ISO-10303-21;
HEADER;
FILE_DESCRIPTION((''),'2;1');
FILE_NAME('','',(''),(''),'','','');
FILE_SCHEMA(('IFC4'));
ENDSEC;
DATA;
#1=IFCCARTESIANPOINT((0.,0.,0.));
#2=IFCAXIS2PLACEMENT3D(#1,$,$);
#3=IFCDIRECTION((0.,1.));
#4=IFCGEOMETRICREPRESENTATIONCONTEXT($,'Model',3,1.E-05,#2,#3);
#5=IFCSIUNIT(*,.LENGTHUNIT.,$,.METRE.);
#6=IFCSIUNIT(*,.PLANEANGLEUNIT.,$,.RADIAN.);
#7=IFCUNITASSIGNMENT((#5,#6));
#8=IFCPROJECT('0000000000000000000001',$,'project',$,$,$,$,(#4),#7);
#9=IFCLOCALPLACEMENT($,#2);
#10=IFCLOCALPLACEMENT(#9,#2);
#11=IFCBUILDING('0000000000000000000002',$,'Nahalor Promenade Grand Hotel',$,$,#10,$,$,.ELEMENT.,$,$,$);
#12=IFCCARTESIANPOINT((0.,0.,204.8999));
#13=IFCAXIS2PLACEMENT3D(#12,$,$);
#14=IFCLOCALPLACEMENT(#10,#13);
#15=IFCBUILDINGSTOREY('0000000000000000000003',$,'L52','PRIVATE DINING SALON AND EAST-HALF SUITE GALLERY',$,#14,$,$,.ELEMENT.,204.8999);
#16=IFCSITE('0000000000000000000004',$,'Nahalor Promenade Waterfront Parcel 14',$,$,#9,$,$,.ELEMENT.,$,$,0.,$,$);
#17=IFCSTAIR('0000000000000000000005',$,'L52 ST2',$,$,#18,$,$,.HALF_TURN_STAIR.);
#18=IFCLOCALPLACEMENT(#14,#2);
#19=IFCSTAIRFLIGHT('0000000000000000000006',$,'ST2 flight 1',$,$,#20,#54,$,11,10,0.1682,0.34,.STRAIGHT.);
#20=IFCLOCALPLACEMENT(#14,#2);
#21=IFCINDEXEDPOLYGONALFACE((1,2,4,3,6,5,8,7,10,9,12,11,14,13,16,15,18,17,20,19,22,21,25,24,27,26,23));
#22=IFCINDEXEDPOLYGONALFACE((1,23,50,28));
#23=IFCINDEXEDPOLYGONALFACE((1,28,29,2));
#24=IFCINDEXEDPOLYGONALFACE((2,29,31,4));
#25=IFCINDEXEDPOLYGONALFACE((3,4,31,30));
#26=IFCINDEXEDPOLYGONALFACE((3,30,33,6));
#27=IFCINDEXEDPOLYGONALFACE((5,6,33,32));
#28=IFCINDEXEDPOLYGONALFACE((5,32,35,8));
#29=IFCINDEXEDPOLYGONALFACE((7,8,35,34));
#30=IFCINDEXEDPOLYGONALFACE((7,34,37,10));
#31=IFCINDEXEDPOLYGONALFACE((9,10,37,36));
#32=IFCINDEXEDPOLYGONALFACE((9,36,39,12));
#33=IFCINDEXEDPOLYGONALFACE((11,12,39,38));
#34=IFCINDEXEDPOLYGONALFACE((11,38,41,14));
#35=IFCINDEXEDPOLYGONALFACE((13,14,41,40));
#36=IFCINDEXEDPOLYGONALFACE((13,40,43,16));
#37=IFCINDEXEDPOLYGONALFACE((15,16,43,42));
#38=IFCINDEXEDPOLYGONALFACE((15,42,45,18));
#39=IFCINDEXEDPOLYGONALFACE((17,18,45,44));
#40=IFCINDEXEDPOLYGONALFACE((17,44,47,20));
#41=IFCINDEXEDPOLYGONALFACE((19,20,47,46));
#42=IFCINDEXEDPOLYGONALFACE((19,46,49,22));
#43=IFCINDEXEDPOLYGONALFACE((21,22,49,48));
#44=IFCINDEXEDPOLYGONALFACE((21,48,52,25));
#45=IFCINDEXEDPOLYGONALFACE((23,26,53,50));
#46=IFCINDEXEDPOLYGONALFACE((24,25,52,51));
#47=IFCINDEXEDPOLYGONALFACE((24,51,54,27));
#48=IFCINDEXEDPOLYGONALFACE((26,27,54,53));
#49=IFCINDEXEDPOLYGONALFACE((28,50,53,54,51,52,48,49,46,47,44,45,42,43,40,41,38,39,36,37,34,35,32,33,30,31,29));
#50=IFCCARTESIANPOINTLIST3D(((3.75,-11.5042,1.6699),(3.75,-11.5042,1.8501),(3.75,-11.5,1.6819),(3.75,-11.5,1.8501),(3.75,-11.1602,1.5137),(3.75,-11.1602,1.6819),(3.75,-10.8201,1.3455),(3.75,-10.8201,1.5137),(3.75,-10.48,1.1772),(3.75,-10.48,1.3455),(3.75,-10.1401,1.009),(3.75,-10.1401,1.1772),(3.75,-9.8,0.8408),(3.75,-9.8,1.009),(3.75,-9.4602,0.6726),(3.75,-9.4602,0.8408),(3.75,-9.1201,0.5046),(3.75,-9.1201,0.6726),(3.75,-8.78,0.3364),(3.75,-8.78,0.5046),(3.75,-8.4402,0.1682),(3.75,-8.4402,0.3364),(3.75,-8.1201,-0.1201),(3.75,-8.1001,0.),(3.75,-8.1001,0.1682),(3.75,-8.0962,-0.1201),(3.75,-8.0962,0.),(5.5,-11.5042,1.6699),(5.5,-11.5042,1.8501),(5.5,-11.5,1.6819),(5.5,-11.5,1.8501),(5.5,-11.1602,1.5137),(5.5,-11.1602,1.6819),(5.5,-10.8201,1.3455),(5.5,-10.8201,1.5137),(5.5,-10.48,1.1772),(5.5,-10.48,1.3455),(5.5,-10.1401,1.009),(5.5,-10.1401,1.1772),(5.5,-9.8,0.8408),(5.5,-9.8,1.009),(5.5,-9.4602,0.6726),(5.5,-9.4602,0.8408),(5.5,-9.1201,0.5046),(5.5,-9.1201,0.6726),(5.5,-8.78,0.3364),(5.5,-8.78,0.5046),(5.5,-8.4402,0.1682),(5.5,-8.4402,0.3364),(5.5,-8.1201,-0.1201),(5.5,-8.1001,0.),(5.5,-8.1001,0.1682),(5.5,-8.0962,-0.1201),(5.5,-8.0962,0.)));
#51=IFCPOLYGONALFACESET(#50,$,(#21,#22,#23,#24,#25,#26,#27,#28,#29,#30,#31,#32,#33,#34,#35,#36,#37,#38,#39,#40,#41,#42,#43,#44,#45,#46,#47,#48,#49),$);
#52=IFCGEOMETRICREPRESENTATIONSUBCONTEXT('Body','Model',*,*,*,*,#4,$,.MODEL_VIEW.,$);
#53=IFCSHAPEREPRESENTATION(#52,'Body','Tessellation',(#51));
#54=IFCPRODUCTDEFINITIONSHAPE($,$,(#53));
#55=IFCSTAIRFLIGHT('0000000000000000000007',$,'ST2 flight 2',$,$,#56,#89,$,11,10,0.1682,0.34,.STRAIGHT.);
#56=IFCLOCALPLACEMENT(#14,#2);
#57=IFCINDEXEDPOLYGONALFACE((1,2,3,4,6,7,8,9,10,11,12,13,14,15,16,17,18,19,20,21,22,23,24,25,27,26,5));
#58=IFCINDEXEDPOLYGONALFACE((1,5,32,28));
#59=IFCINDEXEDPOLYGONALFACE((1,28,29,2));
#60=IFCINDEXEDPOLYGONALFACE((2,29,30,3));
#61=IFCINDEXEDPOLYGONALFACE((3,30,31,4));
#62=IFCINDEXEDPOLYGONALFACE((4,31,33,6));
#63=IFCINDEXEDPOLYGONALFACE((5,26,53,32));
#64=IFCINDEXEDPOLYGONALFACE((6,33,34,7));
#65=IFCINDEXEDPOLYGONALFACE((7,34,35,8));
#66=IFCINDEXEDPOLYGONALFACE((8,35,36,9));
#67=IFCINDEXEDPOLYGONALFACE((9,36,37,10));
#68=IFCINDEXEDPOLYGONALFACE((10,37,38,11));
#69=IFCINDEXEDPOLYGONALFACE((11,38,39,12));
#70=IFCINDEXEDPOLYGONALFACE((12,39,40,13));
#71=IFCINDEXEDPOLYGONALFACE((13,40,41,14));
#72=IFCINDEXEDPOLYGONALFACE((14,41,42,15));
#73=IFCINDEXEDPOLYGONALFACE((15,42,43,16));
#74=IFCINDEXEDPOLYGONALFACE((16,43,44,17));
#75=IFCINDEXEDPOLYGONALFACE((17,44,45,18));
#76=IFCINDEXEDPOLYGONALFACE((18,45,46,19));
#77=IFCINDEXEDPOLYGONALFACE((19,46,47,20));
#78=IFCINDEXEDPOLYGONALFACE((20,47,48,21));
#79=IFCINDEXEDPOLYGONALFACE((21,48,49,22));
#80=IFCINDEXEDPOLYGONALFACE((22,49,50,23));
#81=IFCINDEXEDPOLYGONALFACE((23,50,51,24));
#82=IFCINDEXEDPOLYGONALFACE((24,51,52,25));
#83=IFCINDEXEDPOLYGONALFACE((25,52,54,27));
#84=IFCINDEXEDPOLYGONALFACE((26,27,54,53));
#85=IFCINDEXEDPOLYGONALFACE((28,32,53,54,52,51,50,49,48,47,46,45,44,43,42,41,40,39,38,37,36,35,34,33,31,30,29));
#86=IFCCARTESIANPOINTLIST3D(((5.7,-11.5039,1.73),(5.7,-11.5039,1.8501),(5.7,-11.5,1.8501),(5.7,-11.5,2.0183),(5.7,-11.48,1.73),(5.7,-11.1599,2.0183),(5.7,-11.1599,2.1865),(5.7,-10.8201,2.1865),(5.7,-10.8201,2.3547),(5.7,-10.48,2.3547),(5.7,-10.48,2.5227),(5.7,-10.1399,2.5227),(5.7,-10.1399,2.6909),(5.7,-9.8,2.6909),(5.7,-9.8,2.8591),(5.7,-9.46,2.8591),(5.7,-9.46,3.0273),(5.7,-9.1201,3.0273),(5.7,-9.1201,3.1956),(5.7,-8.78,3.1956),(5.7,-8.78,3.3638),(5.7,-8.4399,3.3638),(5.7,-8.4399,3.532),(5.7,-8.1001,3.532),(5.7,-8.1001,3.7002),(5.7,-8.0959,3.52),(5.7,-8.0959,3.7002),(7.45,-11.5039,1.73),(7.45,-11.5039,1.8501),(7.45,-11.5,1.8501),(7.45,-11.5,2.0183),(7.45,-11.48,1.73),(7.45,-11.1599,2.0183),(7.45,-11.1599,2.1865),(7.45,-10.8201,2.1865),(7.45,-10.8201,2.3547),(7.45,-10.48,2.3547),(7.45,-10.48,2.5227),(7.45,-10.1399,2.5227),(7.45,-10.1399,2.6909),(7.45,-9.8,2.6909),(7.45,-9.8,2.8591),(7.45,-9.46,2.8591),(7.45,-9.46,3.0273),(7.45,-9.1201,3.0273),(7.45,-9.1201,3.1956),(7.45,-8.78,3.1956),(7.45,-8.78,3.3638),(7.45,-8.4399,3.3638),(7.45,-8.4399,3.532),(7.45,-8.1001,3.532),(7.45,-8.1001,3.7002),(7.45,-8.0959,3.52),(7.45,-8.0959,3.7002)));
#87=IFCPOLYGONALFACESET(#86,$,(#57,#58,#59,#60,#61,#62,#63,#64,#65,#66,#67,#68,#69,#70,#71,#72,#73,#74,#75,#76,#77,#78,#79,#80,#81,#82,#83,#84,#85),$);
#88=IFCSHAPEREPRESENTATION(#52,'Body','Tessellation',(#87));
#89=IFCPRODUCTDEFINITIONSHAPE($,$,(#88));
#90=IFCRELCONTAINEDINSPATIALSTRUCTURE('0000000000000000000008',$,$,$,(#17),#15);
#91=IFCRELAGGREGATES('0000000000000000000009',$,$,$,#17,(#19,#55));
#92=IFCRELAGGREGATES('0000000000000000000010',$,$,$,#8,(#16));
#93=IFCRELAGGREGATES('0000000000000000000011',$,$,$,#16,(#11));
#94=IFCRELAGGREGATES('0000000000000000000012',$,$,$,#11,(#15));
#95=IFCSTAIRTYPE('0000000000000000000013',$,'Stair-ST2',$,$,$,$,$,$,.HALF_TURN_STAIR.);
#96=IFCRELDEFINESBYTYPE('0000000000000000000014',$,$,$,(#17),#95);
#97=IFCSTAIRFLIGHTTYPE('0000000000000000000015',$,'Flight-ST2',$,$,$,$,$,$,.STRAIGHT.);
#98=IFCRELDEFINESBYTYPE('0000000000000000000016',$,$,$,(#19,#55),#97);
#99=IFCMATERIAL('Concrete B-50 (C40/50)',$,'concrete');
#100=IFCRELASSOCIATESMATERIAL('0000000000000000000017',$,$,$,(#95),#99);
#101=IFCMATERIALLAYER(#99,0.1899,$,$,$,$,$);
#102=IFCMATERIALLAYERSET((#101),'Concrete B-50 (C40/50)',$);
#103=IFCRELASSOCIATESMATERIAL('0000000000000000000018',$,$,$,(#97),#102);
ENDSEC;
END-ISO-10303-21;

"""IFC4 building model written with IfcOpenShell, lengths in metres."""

from ifc_helpers import new_model, si_unit, direction, frame, origin, place, context, subcontext, project, spatial, polyline, outline, extrude, source, transform, mapped, material, layer, layer_set, type_object, element, aggregate, save


model = new_model("IFC4")

# Units and contexts
model_context = context("Model", 3, precision=1e-05, world=origin(), true_north=direction((0.0, 1.0)))
body_context = subcontext(model_context, "Body", "Model", "MODEL_VIEW")
ifc_project = project(units=[si_unit("LENGTHUNIT", "METRE"), si_unit("PLANEANGLEUNIT", "RADIAN")], contexts=[model_context])

# Site, building, storey
site_placement = place(None, origin())
site = spatial("IfcSite", under=ifc_project, at=site_placement, Name="Nahalor Promenade Waterfront Parcel 14", CompositionType="ELEMENT", RefElevation=0.0)
building_placement = place(site_placement, origin())
building = spatial("IfcBuilding", under=site, at=building_placement, Name="Nahalor Promenade Grand Hotel", CompositionType="ELEMENT")
storey_placement = place(building_placement, frame((0.0, 0.0, 204.8999)))
storey = spatial("IfcBuildingStorey", under=building, at=storey_placement, Name="L52", Description="PRIVATE DINING SALON AND EAST-HALF SUITE GALLERY", CompositionType="ELEMENT", Elevation=204.8999)

# Shared definitions
ifc_material_1 = material(Name="Concrete B-50 (C40/50)", Category="concrete")

# Stair, stair flights
stair_type = type_object("IfcStairType", Name="Stair-ST2", PredefinedType="HALF_TURN_STAIR", material=ifc_material_1)
stair_placement = place(storey_placement, origin())
stair = element("IfcStair", 1, at=stair_placement, inside=storey, type_object=stair_type, Name="L52 ST2", PredefinedType="HALF_TURN_STAIR")
ifc_layer_1 = layer(ifc_material_1, 0.1899)
ifc_layer_set_1 = layer_set([ifc_layer_1], Name="Concrete B-50 (C40/50)")
stair_flight_type = type_object("IfcStairFlightType", Name="Flight-ST2", PredefinedType="STRAIGHT", material=ifc_layer_set_1)
shared_shape_1 = source(origin(), body_context, "Body", "SweptSolid", [
    extrude(outline(polyline([(-0.0039, -0.1201), (-0.0039, 0.0), (0.0, 0.0), (0.0, 0.1682), (0.3401, 0.1682), (0.3401, 0.3364), (0.6799, 0.3364), (0.6799, 0.5046), (1.02, 0.5046), (1.02, 0.6726), (1.3601, 0.6726), (1.3601, 0.8408), (1.7, 0.8408), (1.7, 1.009), (2.04, 1.009), (2.04, 1.1772), (2.3799, 1.1772), (2.3799, 1.3455), (2.72, 1.3455), (2.72, 1.5137), (3.0601, 1.5137), (3.0601, 1.6819), (3.3999, 1.6819), (3.3999, 1.8501), (3.4041, 1.8501), (3.4041, 1.6699), (0.02, -0.1201), (-0.0039, -0.1201)])), frame((0.0, 0.875, 0.0), z_axis=(0.0, -1.0, 0.0), x_axis=(1.0, 0.0, 0.0)), (0.0, 0.0, 1.0), 1.75),
])
stair_flight_1_placement = place(storey_placement, frame((4.625, -8.1001, 0.0), z_axis=(0.0, 0.0, 1.0), x_axis=(0.0, -1.0, 0.0)))
stair_flight_1 = element("IfcStairFlight", 2, at=stair_flight_1_placement, type_object=stair_flight_type, Name="ST2 flight 1", NumberOfRisers=11, NumberOfTreads=10, PredefinedType="STRAIGHT", RiserHeight=0.1682, TreadLength=0.34, context=body_context, shape_type="MappedRepresentation", body=[
    mapped(shared_shape_1, transform((0.0, 0.0, 0.0), scale=1.0)),
])
stair_flight_2_placement = place(storey_placement, frame((6.575, -11.5, 1.8501), z_axis=(0.0, 0.0, 1.0), x_axis=(0.0, 1.0, 0.0)))
stair_flight_2 = element("IfcStairFlight", 3, at=stair_flight_2_placement, type_object=stair_flight_type, Name="ST2 flight 2", NumberOfRisers=11, NumberOfTreads=10, PredefinedType="STRAIGHT", RiserHeight=0.1682, TreadLength=0.34, context=body_context, shape_type="MappedRepresentation", body=[
    mapped(shared_shape_1, transform((0.0, 0.0, 0.0), scale=1.0)),
])
aggregate(stair, [stair_flight_1, stair_flight_2])

save(model, "model.ifc")
